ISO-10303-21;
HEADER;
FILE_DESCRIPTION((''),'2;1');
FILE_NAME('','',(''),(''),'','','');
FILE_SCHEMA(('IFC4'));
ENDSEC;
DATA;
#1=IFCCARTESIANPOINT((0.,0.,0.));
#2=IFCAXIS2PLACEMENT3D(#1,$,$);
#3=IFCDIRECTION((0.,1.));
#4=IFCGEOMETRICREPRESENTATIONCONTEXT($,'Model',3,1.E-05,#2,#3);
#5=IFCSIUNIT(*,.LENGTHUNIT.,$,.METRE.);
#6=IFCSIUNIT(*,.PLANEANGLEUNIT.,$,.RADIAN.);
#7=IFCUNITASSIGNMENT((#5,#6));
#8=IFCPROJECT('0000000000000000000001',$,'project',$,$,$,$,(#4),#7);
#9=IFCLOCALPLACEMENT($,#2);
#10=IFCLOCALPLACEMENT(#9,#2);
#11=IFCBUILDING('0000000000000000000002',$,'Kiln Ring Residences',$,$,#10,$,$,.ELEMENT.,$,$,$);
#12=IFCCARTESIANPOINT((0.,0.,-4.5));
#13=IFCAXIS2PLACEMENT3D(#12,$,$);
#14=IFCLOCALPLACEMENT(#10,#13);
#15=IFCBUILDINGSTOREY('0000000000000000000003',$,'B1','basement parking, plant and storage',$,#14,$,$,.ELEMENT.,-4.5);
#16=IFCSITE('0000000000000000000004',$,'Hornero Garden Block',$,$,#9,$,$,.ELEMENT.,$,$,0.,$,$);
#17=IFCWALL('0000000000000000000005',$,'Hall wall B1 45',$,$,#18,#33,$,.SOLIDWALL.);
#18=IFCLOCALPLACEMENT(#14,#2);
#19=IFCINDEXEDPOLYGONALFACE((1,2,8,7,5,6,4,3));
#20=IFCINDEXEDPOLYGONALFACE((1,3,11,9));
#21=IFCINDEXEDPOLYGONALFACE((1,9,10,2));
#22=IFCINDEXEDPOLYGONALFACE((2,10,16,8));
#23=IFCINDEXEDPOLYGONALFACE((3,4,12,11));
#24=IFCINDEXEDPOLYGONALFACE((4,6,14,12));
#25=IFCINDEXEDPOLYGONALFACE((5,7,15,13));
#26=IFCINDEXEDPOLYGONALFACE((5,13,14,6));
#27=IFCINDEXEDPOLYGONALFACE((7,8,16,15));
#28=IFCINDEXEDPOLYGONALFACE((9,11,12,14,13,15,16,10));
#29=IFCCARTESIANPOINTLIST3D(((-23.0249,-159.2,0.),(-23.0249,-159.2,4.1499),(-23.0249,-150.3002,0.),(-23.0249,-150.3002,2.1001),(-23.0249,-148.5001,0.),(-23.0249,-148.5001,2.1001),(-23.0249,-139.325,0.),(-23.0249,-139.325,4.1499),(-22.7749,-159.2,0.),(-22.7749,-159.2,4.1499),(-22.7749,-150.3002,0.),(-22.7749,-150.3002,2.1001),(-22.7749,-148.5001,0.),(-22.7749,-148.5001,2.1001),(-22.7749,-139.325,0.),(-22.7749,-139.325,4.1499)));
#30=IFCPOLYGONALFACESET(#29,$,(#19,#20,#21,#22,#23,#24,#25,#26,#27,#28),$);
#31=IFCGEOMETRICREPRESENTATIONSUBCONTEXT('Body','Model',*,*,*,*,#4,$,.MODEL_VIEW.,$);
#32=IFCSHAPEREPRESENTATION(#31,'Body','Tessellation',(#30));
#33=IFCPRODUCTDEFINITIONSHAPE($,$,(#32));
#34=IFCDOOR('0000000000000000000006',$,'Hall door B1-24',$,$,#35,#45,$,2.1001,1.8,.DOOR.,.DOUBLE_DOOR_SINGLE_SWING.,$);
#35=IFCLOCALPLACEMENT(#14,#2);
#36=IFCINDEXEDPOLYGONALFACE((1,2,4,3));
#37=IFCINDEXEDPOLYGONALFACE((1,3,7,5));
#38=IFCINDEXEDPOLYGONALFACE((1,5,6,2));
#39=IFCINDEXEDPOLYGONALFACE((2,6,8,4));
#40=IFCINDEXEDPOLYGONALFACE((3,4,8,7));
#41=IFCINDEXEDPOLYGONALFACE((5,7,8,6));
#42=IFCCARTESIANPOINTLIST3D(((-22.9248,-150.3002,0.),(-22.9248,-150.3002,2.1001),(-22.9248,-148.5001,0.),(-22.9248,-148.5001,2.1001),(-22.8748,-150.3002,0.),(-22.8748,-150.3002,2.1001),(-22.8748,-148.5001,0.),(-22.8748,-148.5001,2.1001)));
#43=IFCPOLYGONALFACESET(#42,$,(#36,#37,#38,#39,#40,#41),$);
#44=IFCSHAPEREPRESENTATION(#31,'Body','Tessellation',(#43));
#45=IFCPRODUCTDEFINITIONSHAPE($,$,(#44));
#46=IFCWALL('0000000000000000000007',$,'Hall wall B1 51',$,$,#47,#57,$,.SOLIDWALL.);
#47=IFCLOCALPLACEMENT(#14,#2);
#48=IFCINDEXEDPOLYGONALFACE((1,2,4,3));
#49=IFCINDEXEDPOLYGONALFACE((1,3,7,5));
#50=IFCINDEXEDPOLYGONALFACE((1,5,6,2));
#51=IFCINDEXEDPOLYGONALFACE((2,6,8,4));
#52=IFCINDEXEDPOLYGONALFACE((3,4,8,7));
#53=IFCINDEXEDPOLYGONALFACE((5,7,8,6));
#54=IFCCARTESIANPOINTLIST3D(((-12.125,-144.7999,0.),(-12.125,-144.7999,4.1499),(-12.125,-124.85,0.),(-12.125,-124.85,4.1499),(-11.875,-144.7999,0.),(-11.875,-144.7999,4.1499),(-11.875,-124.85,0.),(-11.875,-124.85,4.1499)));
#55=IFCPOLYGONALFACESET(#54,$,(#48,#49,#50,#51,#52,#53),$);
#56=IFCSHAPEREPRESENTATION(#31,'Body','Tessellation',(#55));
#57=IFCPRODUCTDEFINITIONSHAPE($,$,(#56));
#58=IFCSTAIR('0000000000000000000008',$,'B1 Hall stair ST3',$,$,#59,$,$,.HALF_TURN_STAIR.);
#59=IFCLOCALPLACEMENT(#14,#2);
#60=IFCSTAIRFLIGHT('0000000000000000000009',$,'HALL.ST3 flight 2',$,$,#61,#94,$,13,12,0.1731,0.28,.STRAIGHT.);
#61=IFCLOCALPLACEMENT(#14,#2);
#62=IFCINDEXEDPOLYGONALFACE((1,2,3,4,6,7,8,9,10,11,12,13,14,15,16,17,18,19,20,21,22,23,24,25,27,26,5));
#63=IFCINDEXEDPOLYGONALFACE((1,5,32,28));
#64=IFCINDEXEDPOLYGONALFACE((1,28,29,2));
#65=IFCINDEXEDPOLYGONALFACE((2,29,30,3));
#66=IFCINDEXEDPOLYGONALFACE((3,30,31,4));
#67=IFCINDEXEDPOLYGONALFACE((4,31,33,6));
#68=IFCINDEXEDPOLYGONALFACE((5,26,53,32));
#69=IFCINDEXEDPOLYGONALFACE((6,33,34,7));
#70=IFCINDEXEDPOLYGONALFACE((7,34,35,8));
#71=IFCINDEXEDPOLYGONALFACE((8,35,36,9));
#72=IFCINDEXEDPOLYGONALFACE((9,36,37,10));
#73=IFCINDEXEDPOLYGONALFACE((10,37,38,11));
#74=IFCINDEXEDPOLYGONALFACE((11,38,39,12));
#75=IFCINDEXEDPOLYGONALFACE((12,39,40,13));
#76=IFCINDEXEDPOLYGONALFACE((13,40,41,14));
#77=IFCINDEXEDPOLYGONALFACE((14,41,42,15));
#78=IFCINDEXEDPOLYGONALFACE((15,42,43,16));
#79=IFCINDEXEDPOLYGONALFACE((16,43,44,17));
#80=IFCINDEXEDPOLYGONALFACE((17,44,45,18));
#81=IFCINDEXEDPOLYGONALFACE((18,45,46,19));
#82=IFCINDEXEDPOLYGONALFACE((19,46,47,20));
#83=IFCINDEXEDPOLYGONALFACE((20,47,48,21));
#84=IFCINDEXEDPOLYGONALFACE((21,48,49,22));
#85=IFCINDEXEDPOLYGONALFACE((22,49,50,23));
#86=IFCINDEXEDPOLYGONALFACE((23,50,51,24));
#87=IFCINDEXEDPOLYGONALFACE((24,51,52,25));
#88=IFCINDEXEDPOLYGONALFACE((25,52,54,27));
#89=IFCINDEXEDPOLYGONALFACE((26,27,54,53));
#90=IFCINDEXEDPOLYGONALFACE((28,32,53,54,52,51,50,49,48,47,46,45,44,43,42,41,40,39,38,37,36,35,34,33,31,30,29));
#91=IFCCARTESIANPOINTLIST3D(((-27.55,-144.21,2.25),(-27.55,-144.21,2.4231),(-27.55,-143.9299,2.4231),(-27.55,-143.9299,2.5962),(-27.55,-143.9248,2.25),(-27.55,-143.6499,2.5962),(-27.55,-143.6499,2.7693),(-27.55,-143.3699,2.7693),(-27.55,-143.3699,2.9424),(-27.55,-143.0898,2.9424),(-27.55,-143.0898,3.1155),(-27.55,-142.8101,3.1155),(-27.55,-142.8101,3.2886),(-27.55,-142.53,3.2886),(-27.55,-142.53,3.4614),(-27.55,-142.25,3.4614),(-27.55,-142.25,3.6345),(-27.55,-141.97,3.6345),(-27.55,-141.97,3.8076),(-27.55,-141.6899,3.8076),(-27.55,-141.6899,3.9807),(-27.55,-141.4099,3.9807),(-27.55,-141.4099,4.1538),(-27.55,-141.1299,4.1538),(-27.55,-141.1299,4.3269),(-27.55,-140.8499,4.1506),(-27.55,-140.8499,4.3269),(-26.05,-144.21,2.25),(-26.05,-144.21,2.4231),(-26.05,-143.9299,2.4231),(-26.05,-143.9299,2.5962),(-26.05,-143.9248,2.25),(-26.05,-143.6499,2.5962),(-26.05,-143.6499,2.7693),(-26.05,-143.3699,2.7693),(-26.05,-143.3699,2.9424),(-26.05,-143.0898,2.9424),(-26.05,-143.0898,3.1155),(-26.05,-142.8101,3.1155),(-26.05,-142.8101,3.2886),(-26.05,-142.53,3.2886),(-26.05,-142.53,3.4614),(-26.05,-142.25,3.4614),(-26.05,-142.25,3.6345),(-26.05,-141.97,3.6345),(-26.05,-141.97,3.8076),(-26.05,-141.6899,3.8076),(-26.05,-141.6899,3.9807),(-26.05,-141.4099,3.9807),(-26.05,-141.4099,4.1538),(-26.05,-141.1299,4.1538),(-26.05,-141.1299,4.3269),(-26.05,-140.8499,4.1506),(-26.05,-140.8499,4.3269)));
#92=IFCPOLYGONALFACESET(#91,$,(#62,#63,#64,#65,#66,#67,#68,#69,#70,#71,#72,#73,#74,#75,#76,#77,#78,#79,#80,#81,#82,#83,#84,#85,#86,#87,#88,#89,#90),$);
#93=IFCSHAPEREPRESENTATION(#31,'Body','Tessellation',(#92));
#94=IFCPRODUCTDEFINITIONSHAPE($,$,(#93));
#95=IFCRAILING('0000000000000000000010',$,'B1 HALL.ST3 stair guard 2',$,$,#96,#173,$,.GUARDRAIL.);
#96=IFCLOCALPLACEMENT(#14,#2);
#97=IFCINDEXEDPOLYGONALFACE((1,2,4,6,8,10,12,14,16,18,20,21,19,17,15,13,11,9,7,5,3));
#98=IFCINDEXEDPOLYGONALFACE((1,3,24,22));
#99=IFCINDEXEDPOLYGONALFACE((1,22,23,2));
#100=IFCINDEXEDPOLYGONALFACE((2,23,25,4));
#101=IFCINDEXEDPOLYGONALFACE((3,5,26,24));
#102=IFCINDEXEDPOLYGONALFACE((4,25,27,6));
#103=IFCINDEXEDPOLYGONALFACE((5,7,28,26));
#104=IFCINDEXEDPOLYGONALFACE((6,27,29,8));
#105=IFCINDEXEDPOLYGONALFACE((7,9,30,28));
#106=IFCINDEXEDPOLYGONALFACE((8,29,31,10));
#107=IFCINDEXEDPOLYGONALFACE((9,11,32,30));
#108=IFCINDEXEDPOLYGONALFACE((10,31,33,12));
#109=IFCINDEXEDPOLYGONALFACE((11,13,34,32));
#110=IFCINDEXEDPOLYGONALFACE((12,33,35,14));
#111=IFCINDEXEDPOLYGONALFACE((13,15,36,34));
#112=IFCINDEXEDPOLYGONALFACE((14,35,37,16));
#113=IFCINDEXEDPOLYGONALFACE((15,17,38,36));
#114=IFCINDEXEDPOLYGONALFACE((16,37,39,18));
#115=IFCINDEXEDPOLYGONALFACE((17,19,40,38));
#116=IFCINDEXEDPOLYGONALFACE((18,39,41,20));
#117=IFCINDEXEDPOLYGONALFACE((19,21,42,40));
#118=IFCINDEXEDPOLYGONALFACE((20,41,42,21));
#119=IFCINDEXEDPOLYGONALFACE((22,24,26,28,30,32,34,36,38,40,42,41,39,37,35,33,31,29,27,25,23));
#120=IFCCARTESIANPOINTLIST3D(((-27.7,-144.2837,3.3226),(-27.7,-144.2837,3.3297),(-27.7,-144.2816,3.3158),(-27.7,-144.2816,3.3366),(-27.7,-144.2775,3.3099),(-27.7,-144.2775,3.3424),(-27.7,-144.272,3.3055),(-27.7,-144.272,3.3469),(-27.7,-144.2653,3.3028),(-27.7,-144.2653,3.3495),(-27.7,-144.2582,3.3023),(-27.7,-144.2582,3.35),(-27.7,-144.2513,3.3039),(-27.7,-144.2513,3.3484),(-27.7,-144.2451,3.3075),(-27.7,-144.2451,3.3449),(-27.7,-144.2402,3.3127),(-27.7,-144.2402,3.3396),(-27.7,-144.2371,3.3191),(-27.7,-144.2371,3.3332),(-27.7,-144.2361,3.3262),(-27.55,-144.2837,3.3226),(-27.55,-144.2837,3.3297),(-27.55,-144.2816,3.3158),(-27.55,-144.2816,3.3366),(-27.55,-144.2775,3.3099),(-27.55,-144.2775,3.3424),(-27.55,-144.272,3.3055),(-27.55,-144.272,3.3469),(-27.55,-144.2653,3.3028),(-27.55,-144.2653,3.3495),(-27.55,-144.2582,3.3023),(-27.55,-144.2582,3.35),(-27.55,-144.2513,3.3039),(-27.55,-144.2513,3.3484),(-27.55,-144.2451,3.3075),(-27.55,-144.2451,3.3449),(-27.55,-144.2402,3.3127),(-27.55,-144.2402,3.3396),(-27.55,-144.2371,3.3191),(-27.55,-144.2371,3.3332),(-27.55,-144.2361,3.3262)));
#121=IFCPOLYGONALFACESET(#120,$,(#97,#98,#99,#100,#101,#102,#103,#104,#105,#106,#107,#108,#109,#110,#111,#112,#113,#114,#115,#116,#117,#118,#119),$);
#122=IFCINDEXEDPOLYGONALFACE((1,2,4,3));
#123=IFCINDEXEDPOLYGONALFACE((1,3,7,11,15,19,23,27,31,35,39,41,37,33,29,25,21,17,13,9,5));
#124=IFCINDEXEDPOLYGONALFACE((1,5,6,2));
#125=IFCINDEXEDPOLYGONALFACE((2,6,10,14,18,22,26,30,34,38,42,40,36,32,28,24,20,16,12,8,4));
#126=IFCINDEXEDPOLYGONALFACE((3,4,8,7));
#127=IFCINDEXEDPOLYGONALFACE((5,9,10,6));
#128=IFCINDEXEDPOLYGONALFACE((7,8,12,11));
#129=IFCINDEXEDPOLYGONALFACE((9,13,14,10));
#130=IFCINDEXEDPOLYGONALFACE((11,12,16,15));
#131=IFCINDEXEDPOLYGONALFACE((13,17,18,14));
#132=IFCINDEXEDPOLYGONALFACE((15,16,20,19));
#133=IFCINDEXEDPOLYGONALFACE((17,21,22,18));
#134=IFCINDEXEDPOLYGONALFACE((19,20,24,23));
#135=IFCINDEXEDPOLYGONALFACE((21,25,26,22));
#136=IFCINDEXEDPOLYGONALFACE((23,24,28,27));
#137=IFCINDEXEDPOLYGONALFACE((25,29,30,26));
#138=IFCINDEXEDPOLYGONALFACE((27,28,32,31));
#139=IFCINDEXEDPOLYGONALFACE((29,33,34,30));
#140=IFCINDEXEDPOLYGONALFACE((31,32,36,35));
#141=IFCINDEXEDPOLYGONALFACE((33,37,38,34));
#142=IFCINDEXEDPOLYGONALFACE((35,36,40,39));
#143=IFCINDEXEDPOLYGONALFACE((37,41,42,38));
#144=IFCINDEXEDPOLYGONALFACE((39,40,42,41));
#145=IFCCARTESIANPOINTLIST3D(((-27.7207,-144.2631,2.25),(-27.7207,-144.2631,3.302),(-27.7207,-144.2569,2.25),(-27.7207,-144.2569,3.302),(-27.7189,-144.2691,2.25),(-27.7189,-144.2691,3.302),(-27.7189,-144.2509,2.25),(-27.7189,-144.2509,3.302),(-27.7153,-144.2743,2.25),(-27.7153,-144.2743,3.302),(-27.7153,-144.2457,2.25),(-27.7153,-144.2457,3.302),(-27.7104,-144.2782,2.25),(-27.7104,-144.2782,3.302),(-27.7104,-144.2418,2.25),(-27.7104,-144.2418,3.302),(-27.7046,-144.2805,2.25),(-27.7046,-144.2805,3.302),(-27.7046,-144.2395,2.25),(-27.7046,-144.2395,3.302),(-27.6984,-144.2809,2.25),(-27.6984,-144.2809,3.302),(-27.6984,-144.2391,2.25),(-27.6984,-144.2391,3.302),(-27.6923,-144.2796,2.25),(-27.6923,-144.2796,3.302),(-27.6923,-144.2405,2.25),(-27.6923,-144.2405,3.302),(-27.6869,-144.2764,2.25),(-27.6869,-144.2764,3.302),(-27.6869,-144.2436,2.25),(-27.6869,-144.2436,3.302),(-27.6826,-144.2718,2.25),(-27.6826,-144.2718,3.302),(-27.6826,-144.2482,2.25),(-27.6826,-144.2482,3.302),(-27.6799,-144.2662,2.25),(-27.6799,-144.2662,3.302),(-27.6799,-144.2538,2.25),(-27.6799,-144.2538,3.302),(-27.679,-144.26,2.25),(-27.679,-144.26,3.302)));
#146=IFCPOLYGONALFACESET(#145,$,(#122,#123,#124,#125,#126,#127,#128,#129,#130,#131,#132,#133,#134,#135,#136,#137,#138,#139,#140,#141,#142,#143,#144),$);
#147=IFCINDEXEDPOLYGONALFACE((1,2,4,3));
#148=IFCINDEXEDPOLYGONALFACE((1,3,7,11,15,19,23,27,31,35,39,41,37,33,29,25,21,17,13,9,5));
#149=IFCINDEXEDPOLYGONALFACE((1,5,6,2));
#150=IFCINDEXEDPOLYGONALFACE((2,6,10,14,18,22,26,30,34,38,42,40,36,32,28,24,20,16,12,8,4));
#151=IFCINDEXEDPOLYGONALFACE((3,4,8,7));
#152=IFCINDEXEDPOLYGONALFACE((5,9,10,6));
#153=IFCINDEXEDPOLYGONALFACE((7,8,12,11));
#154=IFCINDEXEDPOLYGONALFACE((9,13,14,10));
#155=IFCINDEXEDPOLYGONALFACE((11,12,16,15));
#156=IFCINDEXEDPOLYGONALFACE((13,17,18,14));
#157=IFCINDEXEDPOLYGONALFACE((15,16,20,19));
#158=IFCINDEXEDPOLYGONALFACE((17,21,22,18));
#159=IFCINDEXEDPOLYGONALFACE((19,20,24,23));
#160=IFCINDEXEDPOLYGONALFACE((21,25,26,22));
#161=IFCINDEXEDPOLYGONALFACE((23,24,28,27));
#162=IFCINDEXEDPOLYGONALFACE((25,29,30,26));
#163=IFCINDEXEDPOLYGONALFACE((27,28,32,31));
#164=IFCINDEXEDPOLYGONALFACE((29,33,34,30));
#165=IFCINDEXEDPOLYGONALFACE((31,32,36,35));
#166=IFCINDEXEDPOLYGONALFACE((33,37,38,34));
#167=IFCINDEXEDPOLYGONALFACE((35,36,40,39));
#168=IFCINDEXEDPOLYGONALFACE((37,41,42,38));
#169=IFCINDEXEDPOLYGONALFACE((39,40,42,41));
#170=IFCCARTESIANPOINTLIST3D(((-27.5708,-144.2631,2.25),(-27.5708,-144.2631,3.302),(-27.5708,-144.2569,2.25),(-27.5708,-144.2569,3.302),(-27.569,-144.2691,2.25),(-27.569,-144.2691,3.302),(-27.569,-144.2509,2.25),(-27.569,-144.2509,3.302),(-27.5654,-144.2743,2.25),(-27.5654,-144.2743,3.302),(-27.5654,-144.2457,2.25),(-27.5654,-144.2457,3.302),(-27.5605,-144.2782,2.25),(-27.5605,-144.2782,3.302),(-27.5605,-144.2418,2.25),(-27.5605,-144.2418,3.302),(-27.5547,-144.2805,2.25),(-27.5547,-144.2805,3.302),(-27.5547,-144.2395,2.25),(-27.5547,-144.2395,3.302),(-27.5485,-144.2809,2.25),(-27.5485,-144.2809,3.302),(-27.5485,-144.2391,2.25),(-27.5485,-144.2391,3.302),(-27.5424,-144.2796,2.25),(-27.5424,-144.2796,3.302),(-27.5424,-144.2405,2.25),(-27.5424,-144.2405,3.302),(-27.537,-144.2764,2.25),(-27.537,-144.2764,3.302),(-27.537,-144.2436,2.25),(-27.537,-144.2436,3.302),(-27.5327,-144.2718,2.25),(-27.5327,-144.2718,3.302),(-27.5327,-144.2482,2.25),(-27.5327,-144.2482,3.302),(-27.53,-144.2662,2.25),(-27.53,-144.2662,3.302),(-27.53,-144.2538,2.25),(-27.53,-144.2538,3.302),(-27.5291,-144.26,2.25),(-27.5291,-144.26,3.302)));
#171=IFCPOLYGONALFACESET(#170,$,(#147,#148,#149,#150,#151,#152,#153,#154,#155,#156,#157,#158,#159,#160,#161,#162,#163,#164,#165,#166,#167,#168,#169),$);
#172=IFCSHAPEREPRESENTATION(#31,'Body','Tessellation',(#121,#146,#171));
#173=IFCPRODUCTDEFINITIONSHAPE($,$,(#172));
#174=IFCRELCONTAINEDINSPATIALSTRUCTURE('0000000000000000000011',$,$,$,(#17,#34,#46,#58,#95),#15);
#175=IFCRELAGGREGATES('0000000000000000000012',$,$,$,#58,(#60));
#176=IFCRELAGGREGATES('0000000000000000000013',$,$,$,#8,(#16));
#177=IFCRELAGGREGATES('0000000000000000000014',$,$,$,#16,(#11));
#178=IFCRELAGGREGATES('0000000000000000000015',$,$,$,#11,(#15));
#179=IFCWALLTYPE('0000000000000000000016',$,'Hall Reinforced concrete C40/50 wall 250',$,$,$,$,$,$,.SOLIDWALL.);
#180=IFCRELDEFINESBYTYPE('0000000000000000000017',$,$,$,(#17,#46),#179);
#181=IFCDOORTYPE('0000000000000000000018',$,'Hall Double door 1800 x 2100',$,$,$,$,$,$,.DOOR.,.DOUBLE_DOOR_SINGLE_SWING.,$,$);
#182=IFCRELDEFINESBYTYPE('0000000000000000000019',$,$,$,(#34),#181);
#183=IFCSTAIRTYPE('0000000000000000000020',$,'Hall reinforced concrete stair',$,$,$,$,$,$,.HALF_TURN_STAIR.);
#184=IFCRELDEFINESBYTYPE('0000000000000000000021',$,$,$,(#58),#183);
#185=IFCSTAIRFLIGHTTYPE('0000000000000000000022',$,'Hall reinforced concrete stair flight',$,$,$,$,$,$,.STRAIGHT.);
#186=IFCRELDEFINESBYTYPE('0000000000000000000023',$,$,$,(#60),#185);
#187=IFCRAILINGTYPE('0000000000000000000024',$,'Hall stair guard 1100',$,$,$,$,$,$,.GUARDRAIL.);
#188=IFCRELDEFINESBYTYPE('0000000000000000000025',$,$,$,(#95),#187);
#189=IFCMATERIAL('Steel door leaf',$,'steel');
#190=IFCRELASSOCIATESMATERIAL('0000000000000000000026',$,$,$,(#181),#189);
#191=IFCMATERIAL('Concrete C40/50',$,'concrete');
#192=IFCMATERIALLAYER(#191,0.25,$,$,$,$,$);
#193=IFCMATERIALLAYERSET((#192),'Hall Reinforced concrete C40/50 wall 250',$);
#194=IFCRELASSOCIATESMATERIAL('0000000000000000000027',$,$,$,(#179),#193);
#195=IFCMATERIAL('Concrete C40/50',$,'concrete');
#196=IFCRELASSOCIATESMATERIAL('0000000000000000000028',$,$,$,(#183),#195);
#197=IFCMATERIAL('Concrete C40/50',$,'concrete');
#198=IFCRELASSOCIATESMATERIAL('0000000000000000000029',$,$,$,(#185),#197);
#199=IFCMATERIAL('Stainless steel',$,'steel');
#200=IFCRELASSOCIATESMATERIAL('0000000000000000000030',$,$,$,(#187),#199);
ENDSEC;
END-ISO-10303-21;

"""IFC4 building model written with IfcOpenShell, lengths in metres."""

from ifc_helpers import new_model, si_unit, direction, frame, frame_2d, origin, origin_2d, place, context, subcontext, project, spatial, polyline, rectangle, circle, outline, extrude, material, layer, layer_set, type_object, element, fill, aggregate, save


model = new_model("IFC4")

# Units and contexts
model_context = context("Model", 3, precision=1e-05, world=origin(), true_north=direction((0.0, 1.0)))
body_context = subcontext(model_context, "Body", "Model", "MODEL_VIEW")
ifc_project = project(units=[si_unit("LENGTHUNIT", "METRE"), si_unit("PLANEANGLEUNIT", "RADIAN")], contexts=[model_context])

# Site, building, storey
site_placement = place(None, origin())
site = spatial("IfcSite", under=ifc_project, at=site_placement, Name="Hornero Garden Block", CompositionType="ELEMENT", RefElevation=0.0)
building_placement = place(site_placement, origin())
building = spatial("IfcBuilding", under=site, at=building_placement, Name="Kiln Ring Residences", CompositionType="ELEMENT")
storey_placement = place(building_placement, frame((0.0, 0.0, -4.5)))
storey = spatial("IfcBuildingStorey", under=building, at=storey_placement, Name="B1", Description="basement parking, plant and storage", CompositionType="ELEMENT", Elevation=-4.5)

# Shared definitions
ifc_material_1 = material(Name="Steel door leaf", Category="steel")
door_type_1 = type_object("IfcDoorType", Name="Hall Double door 1800 x 2100", OperationType="DOUBLE_DOOR_SINGLE_SWING", PredefinedType="DOOR", material=ifc_material_1)

# Wall, opening, door
ifc_material_2 = material(Name="Concrete C40/50", Category="concrete")
ifc_layer_1 = layer(ifc_material_2, 0.25)
ifc_layer_set_1 = layer_set([ifc_layer_1], Name="Hall Reinforced concrete C40/50 wall 250")
wall_type_1 = type_object("IfcWallType", Name="Hall Reinforced concrete C40/50 wall 250", PredefinedType="SOLIDWALL", material=ifc_layer_set_1)
wall_1_placement = place(storey_placement, frame((-22.8999, -159.2, 0.0), z_axis=(0.0, 0.0, 1.0), x_axis=(0.0, 1.0, 0.0)))
wall_1 = element("IfcWall", 1, at=wall_1_placement, inside=storey, type_object=wall_type_1, Name="Hall wall B1 45", PredefinedType="SOLIDWALL", context=body_context, shape_type="SweptSolid", body=[
    extrude(rectangle(XDim=19.875, YDim=0.25, at=frame_2d((9.9375, 0.0))), origin(), (0.0, 0.0, 1.0), 4.1499),
])
opening_1_placement = place(wall_1_placement, frame((8.8999, 0.0, 0.0)))
opening_1 = element("IfcOpeningElement", 2, at=opening_1_placement, cuts=wall_1, PredefinedType="OPENING", context=body_context, shape_type="SweptSolid", body=[
    extrude(rectangle(XDim=1.8, YDim=2.1001, at=frame_2d((0.8999, 1.05))), frame((0.0, 0.135, 0.0), z_axis=(0.0, -1.0, 0.0), x_axis=(1.0, 0.0, 0.0)), (0.0, 0.0, 1.0), 0.27),
])
door_1_placement = place(opening_1_placement, origin())
door_1 = element("IfcDoor", 3, at=door_1_placement, inside=storey, type_object=door_type_1, Name="Hall door B1-24", OperationType="DOUBLE_DOOR_SINGLE_SWING", OverallHeight=2.1001, OverallWidth=1.8, PredefinedType="DOOR", context=body_context, shape_type="SweptSolid", body=[
    extrude(rectangle(XDim=1.8, YDim=2.1001, at=frame_2d((0.8999, 1.05))), frame((0.0, 0.0249, 0.0), z_axis=(0.0, -1.0, 0.0), x_axis=(1.0, 0.0, 0.0)), (0.0, 0.0, 1.0), 0.05),
])
fill(opening_1, door_1)

# Wall
wall_2_placement = place(storey_placement, frame((-12.0, -144.8, 0.0), z_axis=(0.0, 0.0, 1.0), x_axis=(0.0, 1.0, 0.0)))
element("IfcWall", 4, at=wall_2_placement, inside=storey, type_object=wall_type_1, Name="Hall wall B1 51", PredefinedType="SOLIDWALL", context=body_context, shape_type="SweptSolid", body=[
    extrude(rectangle(XDim=19.95, YDim=0.25, at=frame_2d((9.9751, 0.0))), origin(), (0.0, 0.0, 1.0), 4.1499),
])

# Stair, stair flight
ifc_material_3 = material(Name="Concrete C40/50", Category="concrete")
stair_type = type_object("IfcStairType", Name="Hall reinforced concrete stair", PredefinedType="HALF_TURN_STAIR", material=ifc_material_3)
stair_placement = place(storey_placement, origin())
stair = element("IfcStair", 5, at=stair_placement, inside=storey, type_object=stair_type, Name="B1 Hall stair ST3", PredefinedType="HALF_TURN_STAIR")
ifc_material_4 = material(Name="Concrete C40/50", Category="concrete")
stair_flight_type = type_object("IfcStairFlightType", Name="Hall reinforced concrete stair flight", PredefinedType="STRAIGHT", material=ifc_material_4)
stair_flight_placement = place(storey_placement, frame((-26.8, -144.21, 2.25), z_axis=(0.0, 0.0, 1.0), x_axis=(0.0, 1.0, 0.0)))
stair_flight = element("IfcStairFlight", 6, at=stair_flight_placement, type_object=stair_flight_type, Name="HALL.ST3 flight 2", NumberOfRisers=13, NumberOfTreads=12, PredefinedType="STRAIGHT", RiserHeight=0.1731, TreadLength=0.28, context=body_context, shape_type="SweptSolid", body=[
    extrude(outline(polyline([(0.0, 0.0), (0.0, 0.1731), (0.28, 0.1731), (0.28, 0.3462), (0.5601, 0.3462), (0.5601, 0.5193), (0.8401, 0.5193), (0.8401, 0.6924), (1.1201, 0.6924), (1.1201, 0.8655), (1.3999, 0.8655), (1.3999, 1.0386), (1.6799, 1.0386), (1.6799, 1.2114), (1.96, 1.2114), (1.96, 1.3845), (2.24, 1.3845), (2.24, 1.5576), (2.52, 1.5576), (2.52, 1.7307), (2.8, 1.7307), (2.8, 1.9038), (3.0801, 1.9038), (3.0801, 2.0769), (3.3601, 2.0769), (3.3601, 2.25), (3.3601, 1.9006), (0.2852, 0.0), (0.0, 0.0)])), frame((0.0, 0.75, 0.0), z_axis=(0.0, -1.0, 0.0), x_axis=(1.0, 0.0, 0.0)), (0.0, 0.0, 1.0), 1.5),
])
aggregate(stair, [stair_flight])

# Railing
ifc_material_5 = material(Name="Stainless steel", Category="steel")
railing_type_1 = type_object("IfcRailingType", Name="Hall stair guard 1100", PredefinedType="GUARDRAIL", material=ifc_material_5)
railing_1_placement = place(storey_placement, frame((-27.7, -144.26, 2.25)))
element("IfcRailing", 7, at=railing_1_placement, inside=storey, type_object=railing_type_1, Name="B1 HALL.ST3 stair guard 2", PredefinedType="GUARDRAIL", context=body_context, shape_type="SweptSolid", body=[
    extrude(circle(Radius=0.0239, at=origin_2d()), frame((0.0, 0.0, 1.0762), z_axis=(1.0, 0.0, 0.0), x_axis=(0.0, 1.0, 0.0)), (0.0, 0.0, 1.0), 0.1499),
    extrude(circle(Radius=0.021, at=origin_2d()), origin(), (0.0, 0.0, 1.0), 1.052),
    extrude(circle(Radius=0.021, at=origin_2d()), frame((0.1499, 0.0, 0.0)), (0.0, 0.0, 1.0), 1.052),
])

save(model, "model.ifc")
